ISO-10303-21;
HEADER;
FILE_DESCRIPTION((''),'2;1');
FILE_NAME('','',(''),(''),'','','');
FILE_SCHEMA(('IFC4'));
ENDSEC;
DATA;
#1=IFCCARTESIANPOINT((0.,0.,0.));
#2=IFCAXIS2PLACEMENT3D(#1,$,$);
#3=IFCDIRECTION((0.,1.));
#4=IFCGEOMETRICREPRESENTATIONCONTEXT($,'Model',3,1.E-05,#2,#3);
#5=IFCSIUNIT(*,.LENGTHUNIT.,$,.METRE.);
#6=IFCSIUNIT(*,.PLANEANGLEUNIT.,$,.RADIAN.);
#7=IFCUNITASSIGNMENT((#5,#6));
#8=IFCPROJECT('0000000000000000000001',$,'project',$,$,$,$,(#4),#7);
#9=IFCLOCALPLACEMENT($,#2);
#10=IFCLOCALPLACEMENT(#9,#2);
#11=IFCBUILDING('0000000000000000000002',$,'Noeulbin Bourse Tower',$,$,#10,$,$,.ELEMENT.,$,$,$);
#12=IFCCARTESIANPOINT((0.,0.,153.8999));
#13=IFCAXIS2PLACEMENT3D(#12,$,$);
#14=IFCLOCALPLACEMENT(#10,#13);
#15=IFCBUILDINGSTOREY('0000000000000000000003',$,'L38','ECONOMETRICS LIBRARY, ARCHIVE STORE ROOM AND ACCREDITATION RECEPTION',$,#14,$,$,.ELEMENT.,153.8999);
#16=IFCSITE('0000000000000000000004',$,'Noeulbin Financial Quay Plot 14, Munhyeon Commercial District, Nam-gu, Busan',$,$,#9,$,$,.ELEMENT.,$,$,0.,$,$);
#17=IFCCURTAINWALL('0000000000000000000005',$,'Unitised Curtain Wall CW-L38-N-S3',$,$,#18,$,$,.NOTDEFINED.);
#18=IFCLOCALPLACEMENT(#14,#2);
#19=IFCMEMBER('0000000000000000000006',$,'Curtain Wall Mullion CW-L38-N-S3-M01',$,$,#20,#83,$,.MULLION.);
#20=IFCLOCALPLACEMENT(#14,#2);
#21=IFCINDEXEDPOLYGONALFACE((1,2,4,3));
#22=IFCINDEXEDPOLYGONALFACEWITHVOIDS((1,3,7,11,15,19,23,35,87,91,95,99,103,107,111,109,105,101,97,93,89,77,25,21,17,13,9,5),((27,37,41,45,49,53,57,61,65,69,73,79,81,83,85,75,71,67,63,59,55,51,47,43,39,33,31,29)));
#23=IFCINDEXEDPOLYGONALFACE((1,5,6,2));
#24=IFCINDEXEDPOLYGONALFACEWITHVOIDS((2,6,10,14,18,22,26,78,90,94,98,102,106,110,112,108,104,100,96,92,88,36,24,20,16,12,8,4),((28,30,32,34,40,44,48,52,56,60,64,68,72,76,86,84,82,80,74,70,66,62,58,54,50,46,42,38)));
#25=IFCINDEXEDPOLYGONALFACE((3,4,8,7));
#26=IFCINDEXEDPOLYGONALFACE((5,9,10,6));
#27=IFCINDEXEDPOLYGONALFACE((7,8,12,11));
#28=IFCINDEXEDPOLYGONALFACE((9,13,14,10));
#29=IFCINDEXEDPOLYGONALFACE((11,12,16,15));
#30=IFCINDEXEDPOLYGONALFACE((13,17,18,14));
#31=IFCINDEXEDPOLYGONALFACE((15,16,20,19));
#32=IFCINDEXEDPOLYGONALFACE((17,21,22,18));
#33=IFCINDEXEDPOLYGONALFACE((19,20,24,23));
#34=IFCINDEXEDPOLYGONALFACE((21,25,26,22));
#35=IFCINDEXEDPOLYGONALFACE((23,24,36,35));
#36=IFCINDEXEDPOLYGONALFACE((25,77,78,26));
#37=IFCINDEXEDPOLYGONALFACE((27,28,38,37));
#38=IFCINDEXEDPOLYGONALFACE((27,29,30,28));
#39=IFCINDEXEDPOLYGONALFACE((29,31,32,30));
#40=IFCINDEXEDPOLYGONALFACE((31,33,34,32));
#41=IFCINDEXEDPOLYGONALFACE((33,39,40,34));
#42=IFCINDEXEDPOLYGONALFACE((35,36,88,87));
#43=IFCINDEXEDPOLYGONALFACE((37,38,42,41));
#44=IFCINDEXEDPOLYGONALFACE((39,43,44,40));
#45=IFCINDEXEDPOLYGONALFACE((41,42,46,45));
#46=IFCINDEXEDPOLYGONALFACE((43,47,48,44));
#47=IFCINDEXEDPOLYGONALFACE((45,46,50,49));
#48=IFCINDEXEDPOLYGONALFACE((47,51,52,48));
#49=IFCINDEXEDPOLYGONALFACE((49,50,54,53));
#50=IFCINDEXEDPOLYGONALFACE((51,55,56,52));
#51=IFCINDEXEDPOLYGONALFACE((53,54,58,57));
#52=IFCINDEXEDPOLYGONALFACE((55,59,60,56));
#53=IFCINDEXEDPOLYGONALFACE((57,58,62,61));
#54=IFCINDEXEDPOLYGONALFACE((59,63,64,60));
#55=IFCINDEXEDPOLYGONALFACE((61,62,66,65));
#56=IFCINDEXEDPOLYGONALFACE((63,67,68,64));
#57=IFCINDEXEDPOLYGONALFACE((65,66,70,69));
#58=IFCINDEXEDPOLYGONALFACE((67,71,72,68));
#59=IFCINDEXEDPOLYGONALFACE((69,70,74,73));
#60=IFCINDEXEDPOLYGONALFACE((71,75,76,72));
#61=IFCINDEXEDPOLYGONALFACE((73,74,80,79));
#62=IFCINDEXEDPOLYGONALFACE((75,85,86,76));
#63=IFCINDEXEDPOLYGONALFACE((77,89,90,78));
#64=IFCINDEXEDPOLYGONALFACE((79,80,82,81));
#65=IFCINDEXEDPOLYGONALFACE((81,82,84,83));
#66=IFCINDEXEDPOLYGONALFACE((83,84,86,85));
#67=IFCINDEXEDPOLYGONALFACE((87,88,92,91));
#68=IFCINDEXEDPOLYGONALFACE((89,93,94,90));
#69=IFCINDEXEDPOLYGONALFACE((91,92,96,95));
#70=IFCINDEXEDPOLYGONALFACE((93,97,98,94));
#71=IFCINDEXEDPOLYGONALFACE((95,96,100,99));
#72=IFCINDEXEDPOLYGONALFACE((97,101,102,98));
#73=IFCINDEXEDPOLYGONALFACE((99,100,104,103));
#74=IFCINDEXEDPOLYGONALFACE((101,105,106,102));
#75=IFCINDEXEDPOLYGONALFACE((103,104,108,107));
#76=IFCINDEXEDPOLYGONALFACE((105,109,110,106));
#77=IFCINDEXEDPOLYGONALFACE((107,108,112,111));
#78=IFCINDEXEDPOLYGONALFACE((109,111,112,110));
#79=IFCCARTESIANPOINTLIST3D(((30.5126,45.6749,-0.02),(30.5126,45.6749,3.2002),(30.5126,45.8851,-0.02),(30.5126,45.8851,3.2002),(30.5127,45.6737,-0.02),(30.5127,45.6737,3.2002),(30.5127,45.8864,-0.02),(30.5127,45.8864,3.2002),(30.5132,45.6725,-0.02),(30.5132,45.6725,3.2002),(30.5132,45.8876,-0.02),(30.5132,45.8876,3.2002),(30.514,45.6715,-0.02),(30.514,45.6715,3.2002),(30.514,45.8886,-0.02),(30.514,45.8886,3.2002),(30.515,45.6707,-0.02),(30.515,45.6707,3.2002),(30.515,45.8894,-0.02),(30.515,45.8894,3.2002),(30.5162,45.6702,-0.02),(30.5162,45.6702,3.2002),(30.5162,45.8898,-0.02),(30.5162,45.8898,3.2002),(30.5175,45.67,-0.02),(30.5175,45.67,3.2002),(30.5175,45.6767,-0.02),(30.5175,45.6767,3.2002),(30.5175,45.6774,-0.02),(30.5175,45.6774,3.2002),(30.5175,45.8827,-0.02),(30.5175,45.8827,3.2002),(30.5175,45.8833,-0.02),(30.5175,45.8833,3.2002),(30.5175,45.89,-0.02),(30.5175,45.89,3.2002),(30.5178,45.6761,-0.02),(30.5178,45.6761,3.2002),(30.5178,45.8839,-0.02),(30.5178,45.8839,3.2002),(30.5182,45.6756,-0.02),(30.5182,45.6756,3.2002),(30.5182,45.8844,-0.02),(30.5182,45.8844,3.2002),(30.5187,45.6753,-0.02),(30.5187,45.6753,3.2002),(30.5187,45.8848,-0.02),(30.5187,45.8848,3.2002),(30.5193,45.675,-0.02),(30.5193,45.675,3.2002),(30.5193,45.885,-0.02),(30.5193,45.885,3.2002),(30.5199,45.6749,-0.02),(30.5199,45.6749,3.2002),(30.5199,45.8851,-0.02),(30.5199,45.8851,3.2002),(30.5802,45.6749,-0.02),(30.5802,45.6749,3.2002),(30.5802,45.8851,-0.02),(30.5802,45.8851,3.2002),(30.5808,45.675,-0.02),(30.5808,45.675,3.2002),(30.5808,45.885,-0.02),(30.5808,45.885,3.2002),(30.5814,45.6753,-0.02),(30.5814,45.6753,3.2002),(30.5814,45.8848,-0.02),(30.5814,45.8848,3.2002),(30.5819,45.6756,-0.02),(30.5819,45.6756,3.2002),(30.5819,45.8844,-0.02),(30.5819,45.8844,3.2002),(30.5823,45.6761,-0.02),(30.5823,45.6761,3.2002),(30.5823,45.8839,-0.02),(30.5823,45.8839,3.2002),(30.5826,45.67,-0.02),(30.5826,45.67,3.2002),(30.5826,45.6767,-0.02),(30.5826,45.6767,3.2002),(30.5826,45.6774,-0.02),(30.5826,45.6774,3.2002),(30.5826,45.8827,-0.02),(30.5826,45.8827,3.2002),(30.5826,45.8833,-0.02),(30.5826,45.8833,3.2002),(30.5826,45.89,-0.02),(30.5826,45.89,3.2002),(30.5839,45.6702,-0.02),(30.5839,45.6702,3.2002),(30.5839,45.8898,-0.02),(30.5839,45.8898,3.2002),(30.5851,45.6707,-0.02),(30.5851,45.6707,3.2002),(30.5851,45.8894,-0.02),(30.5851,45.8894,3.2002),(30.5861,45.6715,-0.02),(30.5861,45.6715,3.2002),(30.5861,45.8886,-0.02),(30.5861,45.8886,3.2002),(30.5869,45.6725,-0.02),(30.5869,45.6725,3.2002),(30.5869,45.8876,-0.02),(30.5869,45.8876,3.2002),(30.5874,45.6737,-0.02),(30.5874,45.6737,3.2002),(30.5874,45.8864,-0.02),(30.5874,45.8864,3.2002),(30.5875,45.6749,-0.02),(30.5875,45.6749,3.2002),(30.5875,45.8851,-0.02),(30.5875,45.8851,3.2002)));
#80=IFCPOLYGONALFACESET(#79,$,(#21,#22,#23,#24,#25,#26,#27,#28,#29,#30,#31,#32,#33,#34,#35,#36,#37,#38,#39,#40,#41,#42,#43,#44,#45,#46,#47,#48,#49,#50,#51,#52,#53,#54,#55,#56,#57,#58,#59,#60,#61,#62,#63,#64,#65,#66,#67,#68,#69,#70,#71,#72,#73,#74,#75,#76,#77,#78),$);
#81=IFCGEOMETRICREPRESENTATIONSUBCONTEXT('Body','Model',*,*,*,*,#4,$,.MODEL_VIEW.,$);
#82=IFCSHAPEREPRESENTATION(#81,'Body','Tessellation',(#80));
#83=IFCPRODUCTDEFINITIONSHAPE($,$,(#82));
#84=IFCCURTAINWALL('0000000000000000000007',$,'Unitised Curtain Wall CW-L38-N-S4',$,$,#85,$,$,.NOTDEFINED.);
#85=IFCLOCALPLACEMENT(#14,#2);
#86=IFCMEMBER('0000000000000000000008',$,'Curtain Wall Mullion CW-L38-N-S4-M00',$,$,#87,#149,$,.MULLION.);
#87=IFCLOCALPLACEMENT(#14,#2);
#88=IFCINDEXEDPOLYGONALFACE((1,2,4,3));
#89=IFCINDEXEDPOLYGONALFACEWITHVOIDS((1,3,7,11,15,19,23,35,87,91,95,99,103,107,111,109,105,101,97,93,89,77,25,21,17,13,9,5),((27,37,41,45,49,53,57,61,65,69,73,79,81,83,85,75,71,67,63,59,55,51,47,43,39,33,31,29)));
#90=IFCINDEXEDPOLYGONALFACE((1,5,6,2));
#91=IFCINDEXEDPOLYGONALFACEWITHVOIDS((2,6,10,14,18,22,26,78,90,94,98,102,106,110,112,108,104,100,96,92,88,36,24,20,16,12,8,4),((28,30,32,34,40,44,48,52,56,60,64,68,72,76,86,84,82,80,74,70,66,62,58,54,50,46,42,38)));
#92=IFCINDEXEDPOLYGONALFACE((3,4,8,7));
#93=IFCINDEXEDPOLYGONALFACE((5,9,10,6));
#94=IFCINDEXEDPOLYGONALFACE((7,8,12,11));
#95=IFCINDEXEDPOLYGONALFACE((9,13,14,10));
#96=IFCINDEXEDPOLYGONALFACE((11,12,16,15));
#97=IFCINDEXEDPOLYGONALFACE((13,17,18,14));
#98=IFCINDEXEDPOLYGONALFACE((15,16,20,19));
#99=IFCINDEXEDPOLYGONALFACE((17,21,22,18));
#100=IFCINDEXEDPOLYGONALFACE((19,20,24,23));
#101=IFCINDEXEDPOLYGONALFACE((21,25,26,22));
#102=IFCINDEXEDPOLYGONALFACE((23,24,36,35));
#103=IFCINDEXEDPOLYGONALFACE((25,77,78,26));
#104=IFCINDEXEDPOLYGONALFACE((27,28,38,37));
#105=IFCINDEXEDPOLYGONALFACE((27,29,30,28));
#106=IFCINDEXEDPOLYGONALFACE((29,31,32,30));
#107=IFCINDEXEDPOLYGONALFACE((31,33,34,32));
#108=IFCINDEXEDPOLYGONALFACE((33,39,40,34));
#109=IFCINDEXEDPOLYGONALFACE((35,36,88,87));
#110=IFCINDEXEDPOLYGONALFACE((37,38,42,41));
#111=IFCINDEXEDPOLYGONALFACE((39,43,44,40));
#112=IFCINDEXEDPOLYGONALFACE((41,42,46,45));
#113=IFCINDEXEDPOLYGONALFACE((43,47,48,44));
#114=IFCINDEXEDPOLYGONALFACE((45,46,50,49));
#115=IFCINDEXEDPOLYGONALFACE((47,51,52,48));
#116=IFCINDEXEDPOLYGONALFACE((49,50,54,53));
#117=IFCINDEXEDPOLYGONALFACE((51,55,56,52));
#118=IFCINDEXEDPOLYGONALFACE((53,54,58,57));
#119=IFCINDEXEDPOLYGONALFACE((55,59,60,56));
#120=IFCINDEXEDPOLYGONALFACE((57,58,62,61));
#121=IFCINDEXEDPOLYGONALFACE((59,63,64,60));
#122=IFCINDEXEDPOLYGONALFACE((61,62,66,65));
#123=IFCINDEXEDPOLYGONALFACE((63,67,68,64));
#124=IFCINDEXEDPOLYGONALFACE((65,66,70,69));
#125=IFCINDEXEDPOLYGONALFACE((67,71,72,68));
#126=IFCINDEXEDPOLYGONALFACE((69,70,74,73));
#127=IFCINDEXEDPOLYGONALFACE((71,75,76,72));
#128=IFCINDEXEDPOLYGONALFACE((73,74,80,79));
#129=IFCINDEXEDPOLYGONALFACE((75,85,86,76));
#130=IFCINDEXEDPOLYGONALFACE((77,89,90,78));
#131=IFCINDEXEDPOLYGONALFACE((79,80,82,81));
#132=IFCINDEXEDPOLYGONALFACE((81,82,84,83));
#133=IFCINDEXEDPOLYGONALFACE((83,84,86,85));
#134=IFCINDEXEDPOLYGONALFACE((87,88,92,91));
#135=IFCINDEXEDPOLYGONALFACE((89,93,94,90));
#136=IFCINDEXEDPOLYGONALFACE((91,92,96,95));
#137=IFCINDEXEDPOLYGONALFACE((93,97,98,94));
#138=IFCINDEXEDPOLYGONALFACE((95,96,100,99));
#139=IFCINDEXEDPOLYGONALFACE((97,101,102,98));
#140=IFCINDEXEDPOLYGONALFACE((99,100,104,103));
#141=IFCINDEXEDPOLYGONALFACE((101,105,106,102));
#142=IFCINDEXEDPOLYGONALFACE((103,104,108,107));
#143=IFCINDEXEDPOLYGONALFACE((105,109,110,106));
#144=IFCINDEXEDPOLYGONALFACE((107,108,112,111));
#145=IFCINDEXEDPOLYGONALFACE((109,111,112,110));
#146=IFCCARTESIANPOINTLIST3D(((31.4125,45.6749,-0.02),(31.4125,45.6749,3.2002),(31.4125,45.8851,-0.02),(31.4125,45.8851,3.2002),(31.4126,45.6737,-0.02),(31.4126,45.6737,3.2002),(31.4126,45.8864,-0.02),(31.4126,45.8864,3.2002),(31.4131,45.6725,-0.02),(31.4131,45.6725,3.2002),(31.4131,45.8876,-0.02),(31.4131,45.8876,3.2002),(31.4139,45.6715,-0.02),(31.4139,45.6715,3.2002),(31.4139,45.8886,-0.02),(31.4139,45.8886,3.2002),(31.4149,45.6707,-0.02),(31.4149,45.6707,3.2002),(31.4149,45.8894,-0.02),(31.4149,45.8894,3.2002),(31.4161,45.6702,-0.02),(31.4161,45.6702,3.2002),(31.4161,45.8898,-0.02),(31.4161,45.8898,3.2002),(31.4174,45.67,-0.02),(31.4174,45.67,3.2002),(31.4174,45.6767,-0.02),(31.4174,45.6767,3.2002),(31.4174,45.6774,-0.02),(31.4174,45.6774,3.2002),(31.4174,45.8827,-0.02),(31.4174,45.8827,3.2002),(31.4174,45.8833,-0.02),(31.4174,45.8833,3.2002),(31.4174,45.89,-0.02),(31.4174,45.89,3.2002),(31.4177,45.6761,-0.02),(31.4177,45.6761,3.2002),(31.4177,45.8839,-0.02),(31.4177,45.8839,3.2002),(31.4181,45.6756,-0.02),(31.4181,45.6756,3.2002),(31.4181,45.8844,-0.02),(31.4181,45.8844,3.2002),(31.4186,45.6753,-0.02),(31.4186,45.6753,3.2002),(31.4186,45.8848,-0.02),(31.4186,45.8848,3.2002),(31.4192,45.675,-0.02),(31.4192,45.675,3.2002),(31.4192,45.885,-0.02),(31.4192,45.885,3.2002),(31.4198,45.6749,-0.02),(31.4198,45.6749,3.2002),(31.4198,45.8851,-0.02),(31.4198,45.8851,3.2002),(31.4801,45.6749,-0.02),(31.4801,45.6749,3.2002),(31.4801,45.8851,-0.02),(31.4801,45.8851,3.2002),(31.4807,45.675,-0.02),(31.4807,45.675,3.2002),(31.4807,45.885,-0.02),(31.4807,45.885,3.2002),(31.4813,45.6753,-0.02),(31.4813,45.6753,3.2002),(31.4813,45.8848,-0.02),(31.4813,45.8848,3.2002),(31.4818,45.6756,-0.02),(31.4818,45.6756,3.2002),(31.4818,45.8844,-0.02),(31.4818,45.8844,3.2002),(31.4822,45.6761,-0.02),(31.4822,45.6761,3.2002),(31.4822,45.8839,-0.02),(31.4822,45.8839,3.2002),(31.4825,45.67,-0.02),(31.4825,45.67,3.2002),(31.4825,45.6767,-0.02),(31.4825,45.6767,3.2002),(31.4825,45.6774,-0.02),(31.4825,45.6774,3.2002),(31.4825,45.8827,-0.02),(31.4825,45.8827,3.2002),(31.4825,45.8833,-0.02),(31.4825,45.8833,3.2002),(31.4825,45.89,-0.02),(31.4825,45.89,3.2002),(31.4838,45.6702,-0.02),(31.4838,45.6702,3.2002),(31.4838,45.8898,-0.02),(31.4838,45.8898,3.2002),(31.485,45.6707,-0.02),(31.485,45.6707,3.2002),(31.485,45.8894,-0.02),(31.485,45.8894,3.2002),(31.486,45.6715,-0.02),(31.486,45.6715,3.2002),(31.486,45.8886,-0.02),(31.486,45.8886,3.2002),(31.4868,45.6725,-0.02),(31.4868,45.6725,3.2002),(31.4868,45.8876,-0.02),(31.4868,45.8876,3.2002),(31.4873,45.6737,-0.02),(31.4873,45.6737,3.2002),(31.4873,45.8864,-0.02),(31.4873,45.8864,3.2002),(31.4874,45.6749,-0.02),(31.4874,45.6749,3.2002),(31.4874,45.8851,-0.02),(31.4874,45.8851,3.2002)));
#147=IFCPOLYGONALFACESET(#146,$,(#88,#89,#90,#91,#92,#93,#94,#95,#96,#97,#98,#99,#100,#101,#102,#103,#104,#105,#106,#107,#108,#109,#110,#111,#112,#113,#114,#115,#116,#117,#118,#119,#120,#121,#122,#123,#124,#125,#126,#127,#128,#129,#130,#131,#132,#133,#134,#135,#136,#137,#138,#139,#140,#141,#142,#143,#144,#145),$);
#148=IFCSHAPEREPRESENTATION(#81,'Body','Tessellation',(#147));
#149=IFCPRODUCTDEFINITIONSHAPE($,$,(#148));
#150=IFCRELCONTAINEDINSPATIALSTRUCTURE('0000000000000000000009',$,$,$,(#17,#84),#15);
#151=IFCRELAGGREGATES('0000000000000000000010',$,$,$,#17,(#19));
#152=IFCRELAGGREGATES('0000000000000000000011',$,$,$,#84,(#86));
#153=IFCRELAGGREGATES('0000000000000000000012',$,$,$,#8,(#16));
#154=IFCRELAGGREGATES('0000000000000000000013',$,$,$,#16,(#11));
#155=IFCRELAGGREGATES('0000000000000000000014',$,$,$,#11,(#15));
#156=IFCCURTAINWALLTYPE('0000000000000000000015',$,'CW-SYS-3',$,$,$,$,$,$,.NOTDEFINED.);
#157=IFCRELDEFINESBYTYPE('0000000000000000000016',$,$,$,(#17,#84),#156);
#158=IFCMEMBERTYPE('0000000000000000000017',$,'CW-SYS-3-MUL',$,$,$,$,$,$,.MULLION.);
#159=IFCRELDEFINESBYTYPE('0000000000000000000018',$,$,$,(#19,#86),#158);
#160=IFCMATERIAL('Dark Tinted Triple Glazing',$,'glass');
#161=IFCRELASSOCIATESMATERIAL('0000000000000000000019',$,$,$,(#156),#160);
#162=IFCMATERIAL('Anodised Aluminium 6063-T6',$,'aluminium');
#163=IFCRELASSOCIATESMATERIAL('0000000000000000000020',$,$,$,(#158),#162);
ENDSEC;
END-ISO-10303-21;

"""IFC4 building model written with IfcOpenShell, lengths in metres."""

from ifc_helpers import new_model, si_unit, direction, frame, origin, origin_2d, place, context, subcontext, project, spatial, hollow_rectangle, extrude, material, material_profile, profile_set, type_object, element, aggregate, save


model = new_model("IFC4")

# Units and contexts
model_context = context("Model", 3, precision=1e-05, world=origin(), true_north=direction((0.0, 1.0)))
body_context = subcontext(model_context, "Body", "Model", "MODEL_VIEW")
ifc_project = project(units=[si_unit("LENGTHUNIT", "METRE"), si_unit("PLANEANGLEUNIT", "RADIAN")], contexts=[model_context])

# Site, building, storey
site_placement = place(None, origin())
site = spatial("IfcSite", under=ifc_project, at=site_placement, Name="Noeulbin Financial Quay Plot 14, Munhyeon Commercial District, Nam-gu, Busan", CompositionType="ELEMENT", RefElevation=0.0)
building_placement = place(site_placement, origin())
building = spatial("IfcBuilding", under=site, at=building_placement, Name="Noeulbin Bourse Tower", CompositionType="ELEMENT")
storey_placement = place(building_placement, frame((0.0, 0.0, 153.8999)))
storey = spatial("IfcBuildingStorey", under=building, at=storey_placement, Name="L38", Description="ECONOMETRICS LIBRARY, ARCHIVE STORE ROOM AND ACCREDITATION RECEPTION", CompositionType="ELEMENT", Elevation=153.8999)

# Curtain wall, member
ifc_material_1 = material(Name="Dark Tinted Triple Glazing", Category="glass")
curtain_wall_type = type_object("IfcCurtainWallType", Name="CW-SYS-3", PredefinedType="NOTDEFINED", material=ifc_material_1)
curtain_wall_1_placement = place(storey_placement, origin())
curtain_wall_1 = element("IfcCurtainWall", 1, at=curtain_wall_1_placement, inside=storey, type_object=curtain_wall_type, Name="Unitised Curtain Wall CW-L38-N-S3", PredefinedType="NOTDEFINED")
ifc_material_2 = material(Name="Anodised Aluminium 6063-T6", Category="aluminium")
ifc_material_profile_1 = material_profile(ifc_material_2, hollow_rectangle(XDim=0.075, YDim=0.22, WallThickness=0.0049, InnerFilletRadius=0.0024, OuterFilletRadius=0.0049, at=origin_2d()), Name="ALU-MULL-75x220x5", Category="LoadBearing")
ifc_profile_set_1 = profile_set([ifc_material_profile_1], Name="Anodised Aluminium 6063-T6")
member_type_1 = type_object("IfcMemberType", Name="CW-SYS-3-MUL", PredefinedType="MULLION", material=ifc_profile_set_1)
member_1_placement = place(storey_placement, frame((30.55, 45.78, -0.02), z_axis=(0.0, 0.0, 1.0), x_axis=(1.0, 0.0, 0.0)))
member_1 = element("IfcMember", 2, at=member_1_placement, type_object=member_type_1, Name="Curtain Wall Mullion CW-L38-N-S3-M01", PredefinedType="MULLION", context=body_context, shape_type="SweptSolid", body=[
    extrude(hollow_rectangle(XDim=0.075, YDim=0.22, WallThickness=0.0049, InnerFilletRadius=0.0024, OuterFilletRadius=0.0049, at=origin_2d()), origin(), (0.0, 0.0, 1.0), 3.2202),
])
aggregate(curtain_wall_1, [member_1])

# Curtain wall, member
curtain_wall_2_placement = place(storey_placement, origin())
curtain_wall_2 = element("IfcCurtainWall", 3, at=curtain_wall_2_placement, inside=storey, type_object=curtain_wall_type, Name="Unitised Curtain Wall CW-L38-N-S4", PredefinedType="NOTDEFINED")
member_2_placement = place(storey_placement, frame((31.45, 45.78, -0.02), z_axis=(0.0, 0.0, 1.0), x_axis=(1.0, 0.0, 0.0)))
member_2 = element("IfcMember", 4, at=member_2_placement, type_object=member_type_1, Name="Curtain Wall Mullion CW-L38-N-S4-M00", PredefinedType="MULLION", context=body_context, shape_type="SweptSolid", body=[
    extrude(hollow_rectangle(XDim=0.075, YDim=0.22, WallThickness=0.0049, InnerFilletRadius=0.0024, OuterFilletRadius=0.0049, at=origin_2d()), origin(), (0.0, 0.0, 1.0), 3.2202),
])

aggregate(curtain_wall_2, [member_2])

save(model, "model.ifc")
